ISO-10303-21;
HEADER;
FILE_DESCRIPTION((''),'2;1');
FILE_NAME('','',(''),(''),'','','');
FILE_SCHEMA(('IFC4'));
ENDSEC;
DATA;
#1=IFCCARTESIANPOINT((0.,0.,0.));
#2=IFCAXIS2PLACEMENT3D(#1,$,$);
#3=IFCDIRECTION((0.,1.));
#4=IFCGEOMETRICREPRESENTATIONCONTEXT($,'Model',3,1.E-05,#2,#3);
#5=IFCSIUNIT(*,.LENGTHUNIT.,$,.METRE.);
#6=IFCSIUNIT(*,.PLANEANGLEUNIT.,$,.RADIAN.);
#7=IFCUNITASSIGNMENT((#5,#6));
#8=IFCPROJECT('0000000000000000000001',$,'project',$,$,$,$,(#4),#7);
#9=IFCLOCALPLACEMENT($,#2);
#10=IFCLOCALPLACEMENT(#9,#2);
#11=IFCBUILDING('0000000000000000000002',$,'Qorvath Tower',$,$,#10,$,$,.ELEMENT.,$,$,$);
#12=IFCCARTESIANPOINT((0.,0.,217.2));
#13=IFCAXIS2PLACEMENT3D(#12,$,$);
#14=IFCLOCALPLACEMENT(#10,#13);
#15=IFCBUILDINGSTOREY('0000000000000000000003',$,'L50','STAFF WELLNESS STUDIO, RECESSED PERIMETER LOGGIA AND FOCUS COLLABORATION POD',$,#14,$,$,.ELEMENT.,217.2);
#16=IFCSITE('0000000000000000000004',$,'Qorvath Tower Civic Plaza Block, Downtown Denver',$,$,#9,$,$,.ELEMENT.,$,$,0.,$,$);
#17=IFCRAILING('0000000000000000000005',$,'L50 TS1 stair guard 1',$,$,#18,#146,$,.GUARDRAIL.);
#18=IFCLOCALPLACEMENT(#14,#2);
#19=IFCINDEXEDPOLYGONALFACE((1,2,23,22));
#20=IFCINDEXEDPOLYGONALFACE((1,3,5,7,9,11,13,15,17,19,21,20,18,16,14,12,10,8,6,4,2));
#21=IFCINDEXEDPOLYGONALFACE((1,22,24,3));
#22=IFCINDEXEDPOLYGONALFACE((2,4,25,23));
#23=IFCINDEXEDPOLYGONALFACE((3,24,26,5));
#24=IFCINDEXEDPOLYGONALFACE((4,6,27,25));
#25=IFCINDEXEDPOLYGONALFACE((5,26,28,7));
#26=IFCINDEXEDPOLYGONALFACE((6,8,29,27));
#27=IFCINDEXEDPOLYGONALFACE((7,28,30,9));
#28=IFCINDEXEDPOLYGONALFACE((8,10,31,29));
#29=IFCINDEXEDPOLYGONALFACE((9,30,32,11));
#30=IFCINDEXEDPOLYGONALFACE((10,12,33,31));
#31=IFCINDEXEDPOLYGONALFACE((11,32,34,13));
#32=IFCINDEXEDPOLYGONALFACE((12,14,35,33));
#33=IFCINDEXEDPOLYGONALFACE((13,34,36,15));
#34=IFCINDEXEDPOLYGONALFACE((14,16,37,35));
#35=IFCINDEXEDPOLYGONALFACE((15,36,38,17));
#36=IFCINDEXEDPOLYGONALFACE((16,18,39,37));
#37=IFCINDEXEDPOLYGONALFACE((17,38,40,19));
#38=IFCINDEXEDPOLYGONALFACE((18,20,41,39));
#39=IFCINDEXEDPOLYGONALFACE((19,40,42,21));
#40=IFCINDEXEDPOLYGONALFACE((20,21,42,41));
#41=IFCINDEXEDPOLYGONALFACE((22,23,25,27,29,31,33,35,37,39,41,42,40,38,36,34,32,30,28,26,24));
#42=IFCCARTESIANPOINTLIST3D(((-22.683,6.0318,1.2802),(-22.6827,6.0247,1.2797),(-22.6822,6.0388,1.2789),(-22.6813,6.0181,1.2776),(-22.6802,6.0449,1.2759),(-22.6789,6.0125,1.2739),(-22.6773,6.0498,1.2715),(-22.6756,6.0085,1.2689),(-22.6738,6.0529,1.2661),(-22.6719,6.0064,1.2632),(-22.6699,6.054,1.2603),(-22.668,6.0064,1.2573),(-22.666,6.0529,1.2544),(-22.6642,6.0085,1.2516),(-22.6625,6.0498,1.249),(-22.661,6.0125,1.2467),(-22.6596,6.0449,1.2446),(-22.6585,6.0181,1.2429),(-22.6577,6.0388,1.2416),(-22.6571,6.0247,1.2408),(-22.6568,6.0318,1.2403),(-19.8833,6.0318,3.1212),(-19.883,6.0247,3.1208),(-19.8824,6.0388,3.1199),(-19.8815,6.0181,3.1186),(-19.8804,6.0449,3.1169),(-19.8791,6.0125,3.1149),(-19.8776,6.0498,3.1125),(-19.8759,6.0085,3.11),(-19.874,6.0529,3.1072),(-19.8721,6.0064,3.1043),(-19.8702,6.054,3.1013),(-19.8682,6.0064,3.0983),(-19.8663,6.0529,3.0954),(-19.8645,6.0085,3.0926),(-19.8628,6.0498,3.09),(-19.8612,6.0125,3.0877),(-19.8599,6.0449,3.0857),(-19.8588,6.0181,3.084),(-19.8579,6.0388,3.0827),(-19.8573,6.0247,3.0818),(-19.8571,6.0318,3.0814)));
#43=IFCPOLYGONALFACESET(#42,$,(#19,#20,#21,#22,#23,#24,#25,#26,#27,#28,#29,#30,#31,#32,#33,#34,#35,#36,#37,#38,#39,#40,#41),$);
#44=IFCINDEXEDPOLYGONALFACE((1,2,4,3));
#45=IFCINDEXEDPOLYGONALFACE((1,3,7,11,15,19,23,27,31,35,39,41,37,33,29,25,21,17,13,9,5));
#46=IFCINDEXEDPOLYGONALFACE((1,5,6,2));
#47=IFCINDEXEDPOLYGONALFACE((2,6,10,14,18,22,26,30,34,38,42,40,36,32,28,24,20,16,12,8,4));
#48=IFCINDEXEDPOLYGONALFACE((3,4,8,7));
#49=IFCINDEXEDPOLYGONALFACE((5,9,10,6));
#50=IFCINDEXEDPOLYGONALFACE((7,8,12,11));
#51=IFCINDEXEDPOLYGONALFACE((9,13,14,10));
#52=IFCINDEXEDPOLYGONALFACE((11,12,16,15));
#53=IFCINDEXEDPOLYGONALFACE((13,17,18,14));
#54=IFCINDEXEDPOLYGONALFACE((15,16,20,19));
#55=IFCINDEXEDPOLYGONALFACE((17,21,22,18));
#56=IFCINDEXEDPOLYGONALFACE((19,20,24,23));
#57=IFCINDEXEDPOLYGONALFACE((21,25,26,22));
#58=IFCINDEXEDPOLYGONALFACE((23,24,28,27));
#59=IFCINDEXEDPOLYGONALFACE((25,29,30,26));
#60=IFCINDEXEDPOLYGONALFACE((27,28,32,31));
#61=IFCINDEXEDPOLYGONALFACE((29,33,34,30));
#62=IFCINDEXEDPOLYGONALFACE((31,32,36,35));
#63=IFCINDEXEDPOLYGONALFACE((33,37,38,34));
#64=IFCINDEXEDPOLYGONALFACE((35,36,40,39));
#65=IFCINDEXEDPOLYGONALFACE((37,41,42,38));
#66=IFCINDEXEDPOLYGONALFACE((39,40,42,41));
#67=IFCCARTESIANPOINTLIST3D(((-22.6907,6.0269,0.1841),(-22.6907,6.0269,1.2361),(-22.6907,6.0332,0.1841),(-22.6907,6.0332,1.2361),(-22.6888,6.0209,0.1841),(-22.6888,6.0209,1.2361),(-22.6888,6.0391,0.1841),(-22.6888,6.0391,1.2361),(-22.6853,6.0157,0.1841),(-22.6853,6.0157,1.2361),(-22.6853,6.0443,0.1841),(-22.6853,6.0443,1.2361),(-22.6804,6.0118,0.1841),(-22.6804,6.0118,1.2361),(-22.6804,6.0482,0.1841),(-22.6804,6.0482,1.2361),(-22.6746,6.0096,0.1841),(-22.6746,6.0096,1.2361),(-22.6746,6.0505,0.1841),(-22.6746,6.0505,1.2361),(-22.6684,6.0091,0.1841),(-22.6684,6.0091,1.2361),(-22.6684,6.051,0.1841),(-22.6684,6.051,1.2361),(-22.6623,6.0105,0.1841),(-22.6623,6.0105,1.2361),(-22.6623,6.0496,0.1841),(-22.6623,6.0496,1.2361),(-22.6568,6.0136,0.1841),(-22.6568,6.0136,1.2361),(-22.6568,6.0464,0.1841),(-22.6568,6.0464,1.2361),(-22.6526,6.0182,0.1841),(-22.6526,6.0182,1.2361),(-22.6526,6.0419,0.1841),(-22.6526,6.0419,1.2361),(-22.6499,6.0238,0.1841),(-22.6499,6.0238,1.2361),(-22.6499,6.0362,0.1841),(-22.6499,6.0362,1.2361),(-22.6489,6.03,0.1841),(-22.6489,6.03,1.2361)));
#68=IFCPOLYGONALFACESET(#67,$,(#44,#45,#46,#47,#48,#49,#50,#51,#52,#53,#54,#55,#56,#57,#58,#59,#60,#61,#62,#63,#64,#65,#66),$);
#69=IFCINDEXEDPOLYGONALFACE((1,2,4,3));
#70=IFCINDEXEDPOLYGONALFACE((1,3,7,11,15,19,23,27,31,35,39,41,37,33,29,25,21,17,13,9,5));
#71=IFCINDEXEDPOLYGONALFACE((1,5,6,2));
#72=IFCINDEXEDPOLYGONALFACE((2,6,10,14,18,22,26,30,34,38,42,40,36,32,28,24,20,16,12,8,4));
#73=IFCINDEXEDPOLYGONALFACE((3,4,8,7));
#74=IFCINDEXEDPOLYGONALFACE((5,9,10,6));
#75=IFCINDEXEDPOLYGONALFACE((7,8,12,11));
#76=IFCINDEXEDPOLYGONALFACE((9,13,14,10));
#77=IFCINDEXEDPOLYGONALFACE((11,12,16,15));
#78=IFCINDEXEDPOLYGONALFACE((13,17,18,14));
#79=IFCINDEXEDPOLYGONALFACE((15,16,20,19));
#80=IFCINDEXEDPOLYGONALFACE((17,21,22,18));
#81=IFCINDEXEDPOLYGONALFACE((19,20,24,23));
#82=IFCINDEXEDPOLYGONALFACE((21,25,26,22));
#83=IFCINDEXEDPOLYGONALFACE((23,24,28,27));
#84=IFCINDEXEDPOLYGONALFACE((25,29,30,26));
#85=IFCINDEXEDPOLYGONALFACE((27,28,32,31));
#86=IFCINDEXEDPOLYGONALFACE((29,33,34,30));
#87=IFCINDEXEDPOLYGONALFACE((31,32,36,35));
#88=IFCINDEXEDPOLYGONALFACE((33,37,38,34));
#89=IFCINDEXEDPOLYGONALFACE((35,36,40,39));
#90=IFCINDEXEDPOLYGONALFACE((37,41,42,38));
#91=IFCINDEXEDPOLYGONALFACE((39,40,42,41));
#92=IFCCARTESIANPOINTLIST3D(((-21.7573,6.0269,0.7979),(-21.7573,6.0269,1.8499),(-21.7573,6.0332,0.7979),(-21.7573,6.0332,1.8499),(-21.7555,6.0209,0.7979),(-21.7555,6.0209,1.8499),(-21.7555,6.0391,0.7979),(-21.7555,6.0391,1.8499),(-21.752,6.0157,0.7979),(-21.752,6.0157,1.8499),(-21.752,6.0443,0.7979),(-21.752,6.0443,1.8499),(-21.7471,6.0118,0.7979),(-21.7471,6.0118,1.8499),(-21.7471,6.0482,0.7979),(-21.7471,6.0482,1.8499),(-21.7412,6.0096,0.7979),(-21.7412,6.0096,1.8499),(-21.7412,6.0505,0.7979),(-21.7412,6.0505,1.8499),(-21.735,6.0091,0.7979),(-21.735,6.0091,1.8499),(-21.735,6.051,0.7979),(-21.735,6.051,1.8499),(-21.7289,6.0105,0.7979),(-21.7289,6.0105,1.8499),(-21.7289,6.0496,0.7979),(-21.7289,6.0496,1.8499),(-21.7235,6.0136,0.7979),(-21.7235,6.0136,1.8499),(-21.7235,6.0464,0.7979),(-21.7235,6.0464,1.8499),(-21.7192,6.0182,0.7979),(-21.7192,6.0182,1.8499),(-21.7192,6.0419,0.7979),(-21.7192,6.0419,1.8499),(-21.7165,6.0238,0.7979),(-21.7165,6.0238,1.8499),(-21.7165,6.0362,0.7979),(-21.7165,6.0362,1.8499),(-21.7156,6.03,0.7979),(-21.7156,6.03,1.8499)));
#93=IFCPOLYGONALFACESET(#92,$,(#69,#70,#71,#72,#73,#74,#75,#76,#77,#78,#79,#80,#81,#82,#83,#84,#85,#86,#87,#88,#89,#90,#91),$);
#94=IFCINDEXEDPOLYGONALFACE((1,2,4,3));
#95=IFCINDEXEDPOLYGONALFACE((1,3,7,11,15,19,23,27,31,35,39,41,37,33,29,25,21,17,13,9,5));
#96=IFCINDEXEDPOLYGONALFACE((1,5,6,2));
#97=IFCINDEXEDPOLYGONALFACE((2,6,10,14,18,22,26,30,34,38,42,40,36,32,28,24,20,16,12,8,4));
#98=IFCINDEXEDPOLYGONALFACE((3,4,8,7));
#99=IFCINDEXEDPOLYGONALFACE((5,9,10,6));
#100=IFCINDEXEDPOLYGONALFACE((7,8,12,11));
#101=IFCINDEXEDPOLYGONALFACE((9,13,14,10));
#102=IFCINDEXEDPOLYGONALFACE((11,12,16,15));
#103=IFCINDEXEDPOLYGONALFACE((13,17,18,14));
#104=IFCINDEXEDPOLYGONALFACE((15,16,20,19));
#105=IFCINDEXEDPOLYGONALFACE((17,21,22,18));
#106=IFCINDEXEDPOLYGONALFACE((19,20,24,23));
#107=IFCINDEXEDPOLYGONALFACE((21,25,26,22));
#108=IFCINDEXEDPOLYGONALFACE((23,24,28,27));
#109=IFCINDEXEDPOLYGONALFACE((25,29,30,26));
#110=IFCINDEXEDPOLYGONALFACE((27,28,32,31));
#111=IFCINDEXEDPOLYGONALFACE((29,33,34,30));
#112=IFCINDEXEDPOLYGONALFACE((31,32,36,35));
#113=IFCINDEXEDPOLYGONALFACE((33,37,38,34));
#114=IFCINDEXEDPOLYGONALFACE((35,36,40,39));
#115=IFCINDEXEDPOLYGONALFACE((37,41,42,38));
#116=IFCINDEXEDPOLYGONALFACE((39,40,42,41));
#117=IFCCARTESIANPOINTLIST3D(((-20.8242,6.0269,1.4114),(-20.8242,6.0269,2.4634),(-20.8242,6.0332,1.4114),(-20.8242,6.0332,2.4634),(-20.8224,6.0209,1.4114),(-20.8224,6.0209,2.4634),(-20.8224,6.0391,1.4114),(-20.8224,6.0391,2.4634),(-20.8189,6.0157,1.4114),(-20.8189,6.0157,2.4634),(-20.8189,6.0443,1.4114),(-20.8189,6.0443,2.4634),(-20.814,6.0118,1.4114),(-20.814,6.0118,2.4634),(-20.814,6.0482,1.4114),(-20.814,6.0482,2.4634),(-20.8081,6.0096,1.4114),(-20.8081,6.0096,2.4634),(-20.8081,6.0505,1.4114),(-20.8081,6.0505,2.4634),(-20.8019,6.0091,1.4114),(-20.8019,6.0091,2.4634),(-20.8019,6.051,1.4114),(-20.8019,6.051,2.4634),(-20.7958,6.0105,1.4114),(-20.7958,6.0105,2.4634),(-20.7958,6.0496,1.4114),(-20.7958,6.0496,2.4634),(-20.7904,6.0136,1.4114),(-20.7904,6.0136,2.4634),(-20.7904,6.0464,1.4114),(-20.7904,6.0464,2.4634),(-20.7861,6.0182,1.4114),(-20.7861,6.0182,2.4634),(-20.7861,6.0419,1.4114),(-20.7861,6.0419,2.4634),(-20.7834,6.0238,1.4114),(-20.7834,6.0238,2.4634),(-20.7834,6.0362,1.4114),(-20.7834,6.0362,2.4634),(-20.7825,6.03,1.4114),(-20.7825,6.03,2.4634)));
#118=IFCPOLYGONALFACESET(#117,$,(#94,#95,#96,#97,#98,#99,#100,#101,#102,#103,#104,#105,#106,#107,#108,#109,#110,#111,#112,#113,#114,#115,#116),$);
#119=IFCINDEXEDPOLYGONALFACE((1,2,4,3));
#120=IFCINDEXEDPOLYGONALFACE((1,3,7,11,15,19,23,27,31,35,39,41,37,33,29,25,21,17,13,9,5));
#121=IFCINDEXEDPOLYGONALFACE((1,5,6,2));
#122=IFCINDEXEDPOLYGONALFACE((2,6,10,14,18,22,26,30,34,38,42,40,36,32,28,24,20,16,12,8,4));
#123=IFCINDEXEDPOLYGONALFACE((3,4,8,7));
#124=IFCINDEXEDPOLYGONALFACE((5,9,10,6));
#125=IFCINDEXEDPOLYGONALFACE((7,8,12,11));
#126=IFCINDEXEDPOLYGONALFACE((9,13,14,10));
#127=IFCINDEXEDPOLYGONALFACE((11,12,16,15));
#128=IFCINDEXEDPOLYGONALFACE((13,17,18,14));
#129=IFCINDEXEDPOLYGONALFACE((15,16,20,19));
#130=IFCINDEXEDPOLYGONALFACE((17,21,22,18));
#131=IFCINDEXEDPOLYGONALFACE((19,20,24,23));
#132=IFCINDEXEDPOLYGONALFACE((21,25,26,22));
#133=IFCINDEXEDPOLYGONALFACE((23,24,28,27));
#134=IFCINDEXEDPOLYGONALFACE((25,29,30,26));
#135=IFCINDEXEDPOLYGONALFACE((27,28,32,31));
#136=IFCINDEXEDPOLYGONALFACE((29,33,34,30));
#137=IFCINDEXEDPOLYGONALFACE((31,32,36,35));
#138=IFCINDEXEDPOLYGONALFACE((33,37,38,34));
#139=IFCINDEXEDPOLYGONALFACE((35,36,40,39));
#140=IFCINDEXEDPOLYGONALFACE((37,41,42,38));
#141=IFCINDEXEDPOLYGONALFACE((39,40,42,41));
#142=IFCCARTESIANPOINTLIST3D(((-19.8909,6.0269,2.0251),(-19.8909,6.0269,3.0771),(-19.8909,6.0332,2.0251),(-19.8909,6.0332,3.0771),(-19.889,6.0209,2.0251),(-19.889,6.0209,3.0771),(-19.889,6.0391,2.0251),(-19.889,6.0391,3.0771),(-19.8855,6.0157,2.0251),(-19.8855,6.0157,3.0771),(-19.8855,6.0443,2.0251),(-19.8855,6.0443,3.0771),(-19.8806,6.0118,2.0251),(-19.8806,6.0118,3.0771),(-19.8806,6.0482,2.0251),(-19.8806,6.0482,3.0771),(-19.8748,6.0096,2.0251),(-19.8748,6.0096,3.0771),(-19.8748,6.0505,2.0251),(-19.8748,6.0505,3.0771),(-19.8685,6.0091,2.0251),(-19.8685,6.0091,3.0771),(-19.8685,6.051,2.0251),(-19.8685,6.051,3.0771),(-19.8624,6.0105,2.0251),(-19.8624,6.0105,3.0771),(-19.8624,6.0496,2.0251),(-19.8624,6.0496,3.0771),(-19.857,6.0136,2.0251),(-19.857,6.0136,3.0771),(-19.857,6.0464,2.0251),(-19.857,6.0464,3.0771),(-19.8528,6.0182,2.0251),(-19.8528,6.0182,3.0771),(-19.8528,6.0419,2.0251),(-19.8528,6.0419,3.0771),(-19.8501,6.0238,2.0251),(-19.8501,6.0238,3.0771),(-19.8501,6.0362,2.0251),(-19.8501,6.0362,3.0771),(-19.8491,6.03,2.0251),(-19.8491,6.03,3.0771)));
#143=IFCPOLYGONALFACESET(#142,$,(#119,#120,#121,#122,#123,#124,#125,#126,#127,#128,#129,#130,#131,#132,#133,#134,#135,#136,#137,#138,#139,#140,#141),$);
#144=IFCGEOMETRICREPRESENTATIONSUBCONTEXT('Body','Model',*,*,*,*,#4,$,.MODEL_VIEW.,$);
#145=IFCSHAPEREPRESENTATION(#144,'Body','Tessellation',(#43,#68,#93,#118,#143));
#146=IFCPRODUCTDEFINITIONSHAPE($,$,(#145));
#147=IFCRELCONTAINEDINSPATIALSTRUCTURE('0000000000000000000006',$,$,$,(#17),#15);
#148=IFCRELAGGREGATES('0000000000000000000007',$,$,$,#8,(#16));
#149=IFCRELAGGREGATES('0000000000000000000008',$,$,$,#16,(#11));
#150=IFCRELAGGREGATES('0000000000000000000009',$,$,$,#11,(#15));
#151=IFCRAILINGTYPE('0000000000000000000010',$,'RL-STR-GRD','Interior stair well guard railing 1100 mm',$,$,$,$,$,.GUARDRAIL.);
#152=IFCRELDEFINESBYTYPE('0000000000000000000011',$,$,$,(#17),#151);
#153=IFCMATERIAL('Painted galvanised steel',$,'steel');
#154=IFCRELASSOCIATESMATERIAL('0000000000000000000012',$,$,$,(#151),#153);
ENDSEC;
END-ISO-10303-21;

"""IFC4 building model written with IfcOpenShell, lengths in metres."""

from ifc_helpers import new_model, si_unit, direction, frame, origin, origin_2d, place, context, subcontext, project, spatial, circle, extrude, material, type_object, element, save


model = new_model("IFC4")

# Units and contexts
model_context = context("Model", 3, precision=1e-05, world=origin(), true_north=direction((0.0, 1.0)))
body_context = subcontext(model_context, "Body", "Model", "MODEL_VIEW")
ifc_project = project(units=[si_unit("LENGTHUNIT", "METRE"), si_unit("PLANEANGLEUNIT", "RADIAN")], contexts=[model_context])

# Site, building, storey
site_placement = place(None, origin())
site = spatial("IfcSite", under=ifc_project, at=site_placement, Name="Qorvath Tower Civic Plaza Block, Downtown Denver", CompositionType="ELEMENT", RefElevation=0.0)
building_placement = place(site_placement, origin())
building = spatial("IfcBuilding", under=site, at=building_placement, Name="Qorvath Tower", CompositionType="ELEMENT")
storey_placement = place(building_placement, frame((0.0, 0.0, 217.2)))
storey = spatial("IfcBuildingStorey", under=building, at=storey_placement, Name="L50", Description="STAFF WELLNESS STUDIO, RECESSED PERIMETER LOGGIA AND FOCUS COLLABORATION POD", CompositionType="ELEMENT", Elevation=217.2)

# Railing
ifc_material_1 = material(Name="Painted galvanised steel", Category="steel")
railing_type_1 = type_object("IfcRailingType", Name="RL-STR-GRD", Description="Interior stair well guard railing 1100 mm", PredefinedType="GUARDRAIL", material=ifc_material_1)
railing_1_placement = place(storey_placement, frame((-22.6699, 6.03, 0.1841)))
element("IfcRailing", 1, at=railing_1_placement, inside=storey, type_object=railing_type_1, Name="L50 TS1 stair guard 1", PredefinedType="GUARDRAIL", context=body_context, shape_type="SweptSolid", body=[
    extrude(circle(Radius=0.0239, at=origin_2d()), frame((0.0, 0.0, 1.0762), z_axis=(0.835542, 0.0, 0.549426), x_axis=(0.0, 1.0, 0.0)), (0.0, 0.0, 1.0), 3.3508),
    extrude(circle(Radius=0.021, at=origin_2d()), origin(), (0.0, 0.0, 1.0), 1.052),
    extrude(circle(Radius=0.021, at=origin_2d()), frame((0.9333, 0.0, 0.6138)), (0.0, 0.0, 1.0), 1.052),
    extrude(circle(Radius=0.021, at=origin_2d()), frame((1.8665, 0.0, 1.2273)), (0.0, 0.0, 1.0), 1.052),
    extrude(circle(Radius=0.021, at=origin_2d()), frame((2.7998, 0.0, 1.8411)), (0.0, 0.0, 1.0), 1.052),
])

save(model, "model.ifc")
